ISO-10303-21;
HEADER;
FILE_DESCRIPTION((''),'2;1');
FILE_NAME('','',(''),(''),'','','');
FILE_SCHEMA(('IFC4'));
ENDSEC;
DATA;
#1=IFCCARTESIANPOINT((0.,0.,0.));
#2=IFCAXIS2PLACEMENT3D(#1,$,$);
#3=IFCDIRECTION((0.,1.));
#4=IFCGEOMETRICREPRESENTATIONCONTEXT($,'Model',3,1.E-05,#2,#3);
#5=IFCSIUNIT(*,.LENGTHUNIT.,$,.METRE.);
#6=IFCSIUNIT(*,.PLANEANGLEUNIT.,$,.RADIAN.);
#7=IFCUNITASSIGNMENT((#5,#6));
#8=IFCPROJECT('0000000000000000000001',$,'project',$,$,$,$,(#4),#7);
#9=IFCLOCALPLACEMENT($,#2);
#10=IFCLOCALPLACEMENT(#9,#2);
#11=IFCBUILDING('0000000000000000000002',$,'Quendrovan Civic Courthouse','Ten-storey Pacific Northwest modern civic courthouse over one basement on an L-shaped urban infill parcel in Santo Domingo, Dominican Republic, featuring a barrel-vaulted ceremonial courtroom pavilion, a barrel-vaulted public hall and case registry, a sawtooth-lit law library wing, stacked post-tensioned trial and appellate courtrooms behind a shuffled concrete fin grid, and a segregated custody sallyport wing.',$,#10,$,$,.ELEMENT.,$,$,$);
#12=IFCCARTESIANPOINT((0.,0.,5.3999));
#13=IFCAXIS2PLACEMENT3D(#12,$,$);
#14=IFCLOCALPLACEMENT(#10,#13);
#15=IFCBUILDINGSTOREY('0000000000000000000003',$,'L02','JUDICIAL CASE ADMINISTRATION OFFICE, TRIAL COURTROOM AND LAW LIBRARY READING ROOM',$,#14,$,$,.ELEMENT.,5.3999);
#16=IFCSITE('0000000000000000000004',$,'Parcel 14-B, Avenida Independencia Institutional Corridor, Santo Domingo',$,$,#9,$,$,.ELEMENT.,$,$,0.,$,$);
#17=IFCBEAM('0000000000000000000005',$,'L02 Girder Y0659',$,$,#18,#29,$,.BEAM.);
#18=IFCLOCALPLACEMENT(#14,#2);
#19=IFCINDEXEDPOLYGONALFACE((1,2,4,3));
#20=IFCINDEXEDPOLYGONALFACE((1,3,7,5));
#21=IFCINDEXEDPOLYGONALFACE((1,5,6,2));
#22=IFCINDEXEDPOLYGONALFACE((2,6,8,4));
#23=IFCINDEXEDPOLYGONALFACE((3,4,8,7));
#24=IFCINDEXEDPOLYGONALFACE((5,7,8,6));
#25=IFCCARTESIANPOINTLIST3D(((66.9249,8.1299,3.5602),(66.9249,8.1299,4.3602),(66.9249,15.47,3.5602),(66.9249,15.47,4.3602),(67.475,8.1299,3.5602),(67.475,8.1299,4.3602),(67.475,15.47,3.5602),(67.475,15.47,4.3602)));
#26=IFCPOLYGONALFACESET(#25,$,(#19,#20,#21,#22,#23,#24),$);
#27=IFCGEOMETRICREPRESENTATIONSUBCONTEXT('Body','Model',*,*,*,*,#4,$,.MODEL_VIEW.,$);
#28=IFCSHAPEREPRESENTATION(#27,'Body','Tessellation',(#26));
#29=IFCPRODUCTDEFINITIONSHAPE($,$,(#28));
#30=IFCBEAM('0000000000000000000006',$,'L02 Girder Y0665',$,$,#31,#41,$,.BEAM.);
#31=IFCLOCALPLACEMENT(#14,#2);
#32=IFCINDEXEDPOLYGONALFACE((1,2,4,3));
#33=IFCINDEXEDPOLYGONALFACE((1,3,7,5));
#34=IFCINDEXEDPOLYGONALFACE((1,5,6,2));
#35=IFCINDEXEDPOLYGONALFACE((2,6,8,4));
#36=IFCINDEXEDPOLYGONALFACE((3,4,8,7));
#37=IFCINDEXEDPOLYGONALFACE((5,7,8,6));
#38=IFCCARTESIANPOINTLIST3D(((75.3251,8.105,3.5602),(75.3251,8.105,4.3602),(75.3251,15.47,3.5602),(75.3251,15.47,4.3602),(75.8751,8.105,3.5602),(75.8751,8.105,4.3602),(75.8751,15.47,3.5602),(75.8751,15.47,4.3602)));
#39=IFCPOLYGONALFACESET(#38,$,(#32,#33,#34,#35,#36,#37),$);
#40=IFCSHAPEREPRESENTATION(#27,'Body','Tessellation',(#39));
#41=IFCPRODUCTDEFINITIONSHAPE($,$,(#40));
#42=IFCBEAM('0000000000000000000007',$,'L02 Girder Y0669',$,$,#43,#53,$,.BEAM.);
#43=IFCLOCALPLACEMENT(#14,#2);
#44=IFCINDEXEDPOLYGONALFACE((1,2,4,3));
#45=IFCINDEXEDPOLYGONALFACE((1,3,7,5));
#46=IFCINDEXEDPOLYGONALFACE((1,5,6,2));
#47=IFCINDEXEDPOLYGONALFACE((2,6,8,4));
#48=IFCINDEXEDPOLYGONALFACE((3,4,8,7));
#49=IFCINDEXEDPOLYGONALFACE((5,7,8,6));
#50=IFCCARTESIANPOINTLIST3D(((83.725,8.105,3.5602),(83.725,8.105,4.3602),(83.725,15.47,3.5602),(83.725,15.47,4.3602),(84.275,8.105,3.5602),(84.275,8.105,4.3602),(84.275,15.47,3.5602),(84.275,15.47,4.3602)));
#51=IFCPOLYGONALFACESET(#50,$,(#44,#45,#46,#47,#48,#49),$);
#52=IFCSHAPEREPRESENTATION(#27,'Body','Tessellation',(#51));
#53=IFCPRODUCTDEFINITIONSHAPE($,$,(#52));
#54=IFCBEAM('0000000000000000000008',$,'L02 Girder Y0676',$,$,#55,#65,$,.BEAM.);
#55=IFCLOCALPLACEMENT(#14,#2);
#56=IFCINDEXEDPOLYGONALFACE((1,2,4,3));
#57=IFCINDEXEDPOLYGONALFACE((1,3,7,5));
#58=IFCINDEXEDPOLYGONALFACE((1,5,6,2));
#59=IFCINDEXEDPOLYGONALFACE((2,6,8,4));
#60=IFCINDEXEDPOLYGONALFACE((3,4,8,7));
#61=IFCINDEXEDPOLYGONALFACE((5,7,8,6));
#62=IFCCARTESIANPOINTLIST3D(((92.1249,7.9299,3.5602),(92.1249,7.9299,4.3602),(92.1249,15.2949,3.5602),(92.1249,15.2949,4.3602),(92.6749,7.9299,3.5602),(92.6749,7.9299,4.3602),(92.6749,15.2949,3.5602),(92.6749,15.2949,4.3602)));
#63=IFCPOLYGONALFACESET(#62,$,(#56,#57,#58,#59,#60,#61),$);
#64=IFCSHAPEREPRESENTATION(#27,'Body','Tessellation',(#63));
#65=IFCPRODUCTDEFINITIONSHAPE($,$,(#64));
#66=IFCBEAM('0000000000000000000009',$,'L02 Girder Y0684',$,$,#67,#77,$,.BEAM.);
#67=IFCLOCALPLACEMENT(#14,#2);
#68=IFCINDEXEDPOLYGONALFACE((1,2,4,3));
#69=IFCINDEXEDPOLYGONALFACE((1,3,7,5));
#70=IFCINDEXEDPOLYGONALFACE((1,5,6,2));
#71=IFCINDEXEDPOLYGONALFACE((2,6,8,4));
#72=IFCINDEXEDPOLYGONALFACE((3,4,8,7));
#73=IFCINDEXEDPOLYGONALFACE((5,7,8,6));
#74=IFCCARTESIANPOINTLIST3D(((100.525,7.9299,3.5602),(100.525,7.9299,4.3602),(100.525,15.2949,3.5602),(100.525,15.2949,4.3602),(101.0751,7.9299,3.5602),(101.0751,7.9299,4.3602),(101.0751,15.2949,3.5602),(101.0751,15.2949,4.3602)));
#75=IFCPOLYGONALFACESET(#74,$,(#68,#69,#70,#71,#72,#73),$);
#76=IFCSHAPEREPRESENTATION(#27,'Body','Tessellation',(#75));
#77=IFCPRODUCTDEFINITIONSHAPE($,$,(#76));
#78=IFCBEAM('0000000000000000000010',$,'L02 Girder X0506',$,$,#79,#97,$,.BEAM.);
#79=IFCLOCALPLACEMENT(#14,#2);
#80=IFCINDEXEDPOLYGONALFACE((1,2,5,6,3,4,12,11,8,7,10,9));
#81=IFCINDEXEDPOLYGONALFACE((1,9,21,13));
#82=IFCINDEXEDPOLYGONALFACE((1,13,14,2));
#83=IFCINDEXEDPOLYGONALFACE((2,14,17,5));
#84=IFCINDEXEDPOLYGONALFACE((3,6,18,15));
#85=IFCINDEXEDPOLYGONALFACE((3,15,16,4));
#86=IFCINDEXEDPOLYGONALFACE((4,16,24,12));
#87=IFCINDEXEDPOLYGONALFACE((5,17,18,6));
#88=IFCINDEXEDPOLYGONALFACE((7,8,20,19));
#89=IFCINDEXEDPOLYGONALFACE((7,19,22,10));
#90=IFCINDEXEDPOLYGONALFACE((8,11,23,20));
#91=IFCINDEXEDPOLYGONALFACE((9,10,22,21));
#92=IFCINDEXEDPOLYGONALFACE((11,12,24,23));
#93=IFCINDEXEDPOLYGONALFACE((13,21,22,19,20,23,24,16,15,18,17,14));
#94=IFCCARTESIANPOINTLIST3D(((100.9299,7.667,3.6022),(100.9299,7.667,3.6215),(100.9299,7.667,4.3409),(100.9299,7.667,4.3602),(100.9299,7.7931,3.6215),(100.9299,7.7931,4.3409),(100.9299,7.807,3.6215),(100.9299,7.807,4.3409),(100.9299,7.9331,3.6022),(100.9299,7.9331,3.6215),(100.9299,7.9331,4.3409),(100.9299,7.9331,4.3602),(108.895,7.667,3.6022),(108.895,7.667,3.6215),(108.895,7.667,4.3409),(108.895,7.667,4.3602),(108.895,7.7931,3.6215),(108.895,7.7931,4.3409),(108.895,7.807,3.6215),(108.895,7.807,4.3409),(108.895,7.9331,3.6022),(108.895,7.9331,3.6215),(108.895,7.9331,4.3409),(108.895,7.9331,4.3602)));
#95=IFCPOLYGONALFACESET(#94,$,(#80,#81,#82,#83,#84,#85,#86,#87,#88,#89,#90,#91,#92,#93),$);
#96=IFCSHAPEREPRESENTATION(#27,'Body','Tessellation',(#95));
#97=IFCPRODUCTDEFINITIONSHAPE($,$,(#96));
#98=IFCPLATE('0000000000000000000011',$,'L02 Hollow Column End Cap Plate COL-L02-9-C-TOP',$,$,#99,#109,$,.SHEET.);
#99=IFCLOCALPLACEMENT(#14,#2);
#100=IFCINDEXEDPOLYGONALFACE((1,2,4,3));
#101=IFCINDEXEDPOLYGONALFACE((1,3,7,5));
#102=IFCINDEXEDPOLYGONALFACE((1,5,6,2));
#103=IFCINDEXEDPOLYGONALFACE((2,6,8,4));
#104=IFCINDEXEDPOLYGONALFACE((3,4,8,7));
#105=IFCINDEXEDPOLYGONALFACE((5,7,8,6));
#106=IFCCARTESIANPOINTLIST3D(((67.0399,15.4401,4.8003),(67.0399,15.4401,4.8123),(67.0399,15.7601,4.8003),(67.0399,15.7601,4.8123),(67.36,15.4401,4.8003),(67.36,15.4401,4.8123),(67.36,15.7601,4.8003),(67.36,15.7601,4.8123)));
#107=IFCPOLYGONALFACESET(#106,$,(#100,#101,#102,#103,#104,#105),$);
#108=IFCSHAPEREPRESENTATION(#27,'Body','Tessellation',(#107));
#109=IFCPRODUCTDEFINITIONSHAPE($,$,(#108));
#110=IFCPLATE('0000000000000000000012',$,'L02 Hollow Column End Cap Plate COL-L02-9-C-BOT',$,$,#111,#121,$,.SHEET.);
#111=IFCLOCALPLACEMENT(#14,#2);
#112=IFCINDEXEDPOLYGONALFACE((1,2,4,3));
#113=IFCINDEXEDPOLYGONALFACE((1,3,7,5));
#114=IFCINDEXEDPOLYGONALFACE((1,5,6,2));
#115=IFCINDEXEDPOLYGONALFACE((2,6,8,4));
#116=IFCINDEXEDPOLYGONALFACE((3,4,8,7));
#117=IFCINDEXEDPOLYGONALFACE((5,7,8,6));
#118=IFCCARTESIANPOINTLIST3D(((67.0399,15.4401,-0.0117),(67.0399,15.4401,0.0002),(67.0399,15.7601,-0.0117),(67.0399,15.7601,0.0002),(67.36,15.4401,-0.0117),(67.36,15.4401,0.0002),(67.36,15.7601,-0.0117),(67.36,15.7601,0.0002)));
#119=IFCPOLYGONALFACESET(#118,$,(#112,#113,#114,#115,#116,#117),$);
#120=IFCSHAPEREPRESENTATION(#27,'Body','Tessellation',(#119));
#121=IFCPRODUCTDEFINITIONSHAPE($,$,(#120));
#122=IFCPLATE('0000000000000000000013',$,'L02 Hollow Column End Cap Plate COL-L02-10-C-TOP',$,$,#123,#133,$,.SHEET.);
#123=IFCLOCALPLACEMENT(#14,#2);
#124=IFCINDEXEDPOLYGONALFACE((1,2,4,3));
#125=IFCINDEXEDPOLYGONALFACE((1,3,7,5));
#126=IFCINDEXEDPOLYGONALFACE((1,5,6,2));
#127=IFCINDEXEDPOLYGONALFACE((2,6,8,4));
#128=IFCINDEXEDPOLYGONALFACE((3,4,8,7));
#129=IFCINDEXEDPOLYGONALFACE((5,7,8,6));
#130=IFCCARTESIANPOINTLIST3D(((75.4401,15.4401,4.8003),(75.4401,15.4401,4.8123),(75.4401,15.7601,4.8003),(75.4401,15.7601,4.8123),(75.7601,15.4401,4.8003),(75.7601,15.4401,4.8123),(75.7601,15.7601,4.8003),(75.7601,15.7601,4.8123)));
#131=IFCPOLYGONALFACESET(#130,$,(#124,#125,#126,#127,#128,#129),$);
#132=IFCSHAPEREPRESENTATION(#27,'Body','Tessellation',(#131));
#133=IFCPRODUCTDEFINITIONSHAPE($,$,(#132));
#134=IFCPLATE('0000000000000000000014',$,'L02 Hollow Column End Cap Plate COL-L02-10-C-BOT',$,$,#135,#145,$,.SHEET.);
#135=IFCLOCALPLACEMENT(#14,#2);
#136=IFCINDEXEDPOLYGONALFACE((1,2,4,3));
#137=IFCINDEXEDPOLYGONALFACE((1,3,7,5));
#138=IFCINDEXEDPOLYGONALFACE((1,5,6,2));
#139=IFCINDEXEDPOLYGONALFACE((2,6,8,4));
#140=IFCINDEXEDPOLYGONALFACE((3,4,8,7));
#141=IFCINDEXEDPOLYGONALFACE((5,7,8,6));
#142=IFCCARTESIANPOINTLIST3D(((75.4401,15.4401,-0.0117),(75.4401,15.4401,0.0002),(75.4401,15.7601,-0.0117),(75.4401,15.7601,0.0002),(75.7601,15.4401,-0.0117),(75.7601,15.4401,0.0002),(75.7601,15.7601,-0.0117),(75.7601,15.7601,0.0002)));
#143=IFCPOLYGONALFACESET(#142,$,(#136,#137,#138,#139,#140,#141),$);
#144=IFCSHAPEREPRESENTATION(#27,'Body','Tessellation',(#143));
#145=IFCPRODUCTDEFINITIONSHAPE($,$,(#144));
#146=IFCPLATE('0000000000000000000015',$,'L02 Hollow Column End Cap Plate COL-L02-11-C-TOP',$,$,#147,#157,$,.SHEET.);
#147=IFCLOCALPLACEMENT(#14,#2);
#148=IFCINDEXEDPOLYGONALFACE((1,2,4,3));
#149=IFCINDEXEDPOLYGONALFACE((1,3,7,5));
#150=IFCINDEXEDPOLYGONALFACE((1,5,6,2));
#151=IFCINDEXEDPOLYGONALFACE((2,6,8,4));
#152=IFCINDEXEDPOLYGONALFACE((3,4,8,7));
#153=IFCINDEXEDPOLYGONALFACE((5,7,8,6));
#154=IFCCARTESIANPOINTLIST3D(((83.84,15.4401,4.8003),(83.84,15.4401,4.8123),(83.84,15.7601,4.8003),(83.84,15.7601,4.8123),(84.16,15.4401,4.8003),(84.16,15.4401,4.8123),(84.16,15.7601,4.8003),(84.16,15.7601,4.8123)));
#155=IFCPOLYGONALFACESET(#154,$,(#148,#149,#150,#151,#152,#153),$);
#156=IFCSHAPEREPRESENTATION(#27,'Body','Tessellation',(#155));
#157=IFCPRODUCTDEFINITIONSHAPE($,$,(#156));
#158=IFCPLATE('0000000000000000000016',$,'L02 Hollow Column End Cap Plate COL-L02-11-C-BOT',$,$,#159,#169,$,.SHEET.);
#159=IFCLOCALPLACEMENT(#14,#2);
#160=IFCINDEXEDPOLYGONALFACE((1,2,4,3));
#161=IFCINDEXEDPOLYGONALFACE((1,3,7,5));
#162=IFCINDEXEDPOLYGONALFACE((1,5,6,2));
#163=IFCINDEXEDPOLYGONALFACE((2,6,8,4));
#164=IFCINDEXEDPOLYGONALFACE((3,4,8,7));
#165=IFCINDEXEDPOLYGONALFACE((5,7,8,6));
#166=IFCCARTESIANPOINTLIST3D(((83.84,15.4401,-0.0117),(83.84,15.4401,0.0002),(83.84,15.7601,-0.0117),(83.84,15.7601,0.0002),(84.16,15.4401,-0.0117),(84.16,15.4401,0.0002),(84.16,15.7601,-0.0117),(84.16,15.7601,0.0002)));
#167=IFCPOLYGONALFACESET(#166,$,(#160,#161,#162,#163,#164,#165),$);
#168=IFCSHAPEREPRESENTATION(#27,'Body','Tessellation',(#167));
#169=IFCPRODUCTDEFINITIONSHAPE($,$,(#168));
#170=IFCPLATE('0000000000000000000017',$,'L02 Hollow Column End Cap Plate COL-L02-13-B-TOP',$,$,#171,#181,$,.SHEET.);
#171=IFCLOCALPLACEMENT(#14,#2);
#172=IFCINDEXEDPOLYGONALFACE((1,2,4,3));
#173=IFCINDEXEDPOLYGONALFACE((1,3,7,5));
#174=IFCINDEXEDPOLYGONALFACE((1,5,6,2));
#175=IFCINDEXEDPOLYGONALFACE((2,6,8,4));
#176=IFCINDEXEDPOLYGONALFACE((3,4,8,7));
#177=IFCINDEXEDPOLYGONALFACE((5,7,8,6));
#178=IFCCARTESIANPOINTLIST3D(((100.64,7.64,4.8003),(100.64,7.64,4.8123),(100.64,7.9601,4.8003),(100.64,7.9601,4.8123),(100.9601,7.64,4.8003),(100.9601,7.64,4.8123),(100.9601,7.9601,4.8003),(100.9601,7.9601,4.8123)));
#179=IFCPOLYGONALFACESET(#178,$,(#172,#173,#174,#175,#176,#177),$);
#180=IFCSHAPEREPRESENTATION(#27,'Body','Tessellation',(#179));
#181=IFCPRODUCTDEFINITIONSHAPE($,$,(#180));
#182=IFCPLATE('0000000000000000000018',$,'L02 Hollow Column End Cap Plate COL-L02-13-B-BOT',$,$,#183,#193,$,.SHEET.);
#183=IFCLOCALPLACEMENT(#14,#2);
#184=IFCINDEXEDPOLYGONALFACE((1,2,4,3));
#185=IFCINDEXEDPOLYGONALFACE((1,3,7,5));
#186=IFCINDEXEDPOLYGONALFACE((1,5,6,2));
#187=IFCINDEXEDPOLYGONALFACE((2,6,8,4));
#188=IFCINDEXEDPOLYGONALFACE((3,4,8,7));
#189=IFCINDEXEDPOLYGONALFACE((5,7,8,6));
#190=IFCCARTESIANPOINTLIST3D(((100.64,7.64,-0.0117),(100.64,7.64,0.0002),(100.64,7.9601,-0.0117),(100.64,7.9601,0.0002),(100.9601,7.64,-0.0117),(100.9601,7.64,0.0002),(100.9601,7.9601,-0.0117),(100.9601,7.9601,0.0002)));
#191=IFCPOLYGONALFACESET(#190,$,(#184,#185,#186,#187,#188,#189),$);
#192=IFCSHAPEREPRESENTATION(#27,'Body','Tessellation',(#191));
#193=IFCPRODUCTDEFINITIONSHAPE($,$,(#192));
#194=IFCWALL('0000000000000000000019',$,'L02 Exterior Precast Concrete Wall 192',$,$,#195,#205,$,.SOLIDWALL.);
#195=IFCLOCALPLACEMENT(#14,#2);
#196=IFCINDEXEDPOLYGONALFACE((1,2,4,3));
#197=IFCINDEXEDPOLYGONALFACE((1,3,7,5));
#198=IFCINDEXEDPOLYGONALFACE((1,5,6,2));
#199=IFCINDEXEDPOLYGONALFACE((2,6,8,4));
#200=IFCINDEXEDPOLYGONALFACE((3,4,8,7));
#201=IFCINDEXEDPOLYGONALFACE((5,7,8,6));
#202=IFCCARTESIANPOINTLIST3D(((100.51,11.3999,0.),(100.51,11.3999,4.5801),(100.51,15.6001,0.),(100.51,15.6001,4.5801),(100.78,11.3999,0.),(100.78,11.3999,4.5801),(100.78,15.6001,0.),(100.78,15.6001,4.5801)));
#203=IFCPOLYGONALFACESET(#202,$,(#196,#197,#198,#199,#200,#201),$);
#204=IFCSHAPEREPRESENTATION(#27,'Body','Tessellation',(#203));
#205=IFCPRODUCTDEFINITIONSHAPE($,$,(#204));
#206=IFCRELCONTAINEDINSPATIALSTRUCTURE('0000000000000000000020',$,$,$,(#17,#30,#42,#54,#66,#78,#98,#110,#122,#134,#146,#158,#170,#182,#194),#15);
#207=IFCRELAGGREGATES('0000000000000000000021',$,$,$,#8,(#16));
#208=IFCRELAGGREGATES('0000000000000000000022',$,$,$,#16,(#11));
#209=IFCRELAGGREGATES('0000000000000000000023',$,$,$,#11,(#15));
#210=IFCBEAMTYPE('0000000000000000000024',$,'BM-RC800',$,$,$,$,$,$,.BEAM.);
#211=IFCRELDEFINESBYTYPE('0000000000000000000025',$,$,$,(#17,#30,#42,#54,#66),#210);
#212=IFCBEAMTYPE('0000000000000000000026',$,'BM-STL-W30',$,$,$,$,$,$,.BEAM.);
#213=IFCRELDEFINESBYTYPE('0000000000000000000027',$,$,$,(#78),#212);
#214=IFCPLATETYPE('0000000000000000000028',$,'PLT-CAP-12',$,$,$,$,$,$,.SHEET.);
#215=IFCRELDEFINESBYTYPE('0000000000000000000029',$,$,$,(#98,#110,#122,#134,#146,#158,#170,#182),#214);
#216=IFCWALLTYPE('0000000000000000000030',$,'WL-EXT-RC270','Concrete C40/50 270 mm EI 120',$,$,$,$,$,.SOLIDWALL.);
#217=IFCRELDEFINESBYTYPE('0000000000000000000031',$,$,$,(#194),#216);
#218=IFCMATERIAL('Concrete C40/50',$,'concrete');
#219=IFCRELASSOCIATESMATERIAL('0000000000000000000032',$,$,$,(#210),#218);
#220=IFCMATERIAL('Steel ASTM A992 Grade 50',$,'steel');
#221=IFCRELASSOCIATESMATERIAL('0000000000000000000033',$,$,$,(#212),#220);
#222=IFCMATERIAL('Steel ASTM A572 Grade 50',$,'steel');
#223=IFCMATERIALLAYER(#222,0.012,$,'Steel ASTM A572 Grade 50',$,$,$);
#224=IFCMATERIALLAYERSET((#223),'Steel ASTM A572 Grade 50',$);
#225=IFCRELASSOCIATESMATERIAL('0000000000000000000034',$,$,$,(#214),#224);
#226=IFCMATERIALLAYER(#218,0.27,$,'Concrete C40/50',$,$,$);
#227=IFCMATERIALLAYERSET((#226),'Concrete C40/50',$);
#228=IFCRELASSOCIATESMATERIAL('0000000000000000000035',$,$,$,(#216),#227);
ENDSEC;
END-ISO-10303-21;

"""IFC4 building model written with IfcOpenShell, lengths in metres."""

from ifc_helpers import new_model, si_unit, direction, frame, frame_2d, origin, origin_2d, place, context, subcontext, project, spatial, rectangle, i_section, extrude, material, layer, layer_set, material_profile, profile_set, type_object, element, save


model = new_model("IFC4")

# Units and contexts
model_context = context("Model", 3, precision=1e-05, world=origin(), true_north=direction((0.0, 1.0)))
body_context = subcontext(model_context, "Body", "Model", "MODEL_VIEW")
ifc_project = project(units=[si_unit("LENGTHUNIT", "METRE"), si_unit("PLANEANGLEUNIT", "RADIAN")], contexts=[model_context])

# Site, building, storey
site_placement = place(None, origin())
site = spatial("IfcSite", under=ifc_project, at=site_placement, Name="Parcel 14-B, Avenida Independencia Institutional Corridor, Santo Domingo", CompositionType="ELEMENT", RefElevation=0.0)
building_placement = place(site_placement, origin())
building = spatial("IfcBuilding", under=site, at=building_placement, Name="Quendrovan Civic Courthouse", Description="Ten-storey Pacific Northwest modern civic courthouse over one basement on an L-shaped urban infill parcel in Santo Domingo, Dominican Republic, featuring a barrel-vaulted ceremonial courtroom pavilion, a barrel-vaulted public hall and case registry, a sawtooth-lit law library wing, stacked post-tensioned trial and appellate courtrooms behind a shuffled concrete fin grid, and a segregated custody sallyport wing.", CompositionType="ELEMENT")
storey_placement = place(building_placement, frame((0.0, 0.0, 5.3999)))
storey = spatial("IfcBuildingStorey", under=building, at=storey_placement, Name="L02", Description="JUDICIAL CASE ADMINISTRATION OFFICE, TRIAL COURTROOM AND LAW LIBRARY READING ROOM", CompositionType="ELEMENT", Elevation=5.3999)

# Beams
ifc_material_1 = material(Name="Concrete C40/50", Category="concrete")
ifc_material_profile_1 = material_profile(ifc_material_1, rectangle(XDim=0.55, YDim=0.8, at=origin_2d()), Name="RC-BM-550x800")
ifc_profile_set_1 = profile_set([ifc_material_profile_1], Name="Concrete C40/50")
beam_type_1 = type_object("IfcBeamType", Name="BM-RC800", PredefinedType="BEAM", material=ifc_profile_set_1)
beam_1_placement = place(storey_placement, frame((67.2, 8.1299, 3.9602), z_axis=(0.0, 1.0, 0.0), x_axis=(-1.0, 0.0, 0.0)))
element("IfcBeam", 1, at=beam_1_placement, inside=storey, type_object=beam_type_1, Name="L02 Girder Y0659", PredefinedType="BEAM", context=body_context, shape_type="SweptSolid", body=[
    extrude(rectangle(XDim=0.55, YDim=0.8, at=origin_2d()), origin(), (0.0, 0.0, 1.0), 7.3401),
])
for number, where, z_axis, x_axis, name in (
    (2, (75.6001, 8.105, 3.9602), (0.0, 1.0, 0.0), (-1.0, 0.0, 0.0), "L02 Girder Y0665"),
    (3, (84.0, 8.105, 3.9602), (0.0, 1.0, 0.0), (-1.0, 0.0, 0.0), "L02 Girder Y0669"),
    (4, (92.3999, 7.9299, 3.9602), (0.0, 1.0, 0.0), (-1.0, 0.0, 0.0), "L02 Girder Y0676"),
    (5, (100.8, 7.9299, 3.9602), (0.0, 1.0, 0.0), (-1.0, 0.0, 0.0), "L02 Girder Y0684"),
):
    element("IfcBeam", number, at=place(storey_placement, frame(where, z_axis=z_axis, x_axis=x_axis)), inside=storey, type_object=beam_type_1, Name=name, PredefinedType="BEAM", context=body_context, shape_type="SweptSolid", body=[
        extrude(rectangle(XDim=0.55, YDim=0.8, at=origin_2d()), origin(), (0.0, 0.0, 1.0), 7.365),
    ])
ifc_material_2 = material(Name="Steel ASTM A992 Grade 50", Category="steel")
ifc_material_profile_2 = material_profile(ifc_material_2, i_section(OverallWidth=0.2661, OverallDepth=0.7581, WebThickness=0.0139, FlangeThickness=0.0193, at=origin_2d()), Name="W30X108")
ifc_profile_set_2 = profile_set([ifc_material_profile_2], Name="Steel ASTM A992 Grade 50")
beam_type_2 = type_object("IfcBeamType", Name="BM-STL-W30", PredefinedType="BEAM", material=ifc_profile_set_2)
beam_2_placement = place(storey_placement, frame((100.9299, 7.8, 3.9812), z_axis=(1.0, 0.0, 0.0), x_axis=(0.0, 1.0, 0.0)))
element("IfcBeam", 6, at=beam_2_placement, inside=storey, type_object=beam_type_2, Name="L02 Girder X0506", PredefinedType="BEAM", context=body_context, shape_type="SweptSolid", body=[
    extrude(i_section(OverallWidth=0.2661, OverallDepth=0.7581, WebThickness=0.0139, FlangeThickness=0.0193, at=origin_2d()), origin(), (0.0, 0.0, 1.0), 7.9651),
])

# Plates
ifc_material_3 = material(Name="Steel ASTM A572 Grade 50", Category="steel")
ifc_layer_1 = layer(ifc_material_3, 0.012, Name="Steel ASTM A572 Grade 50")
ifc_layer_set_1 = layer_set([ifc_layer_1], Name="Steel ASTM A572 Grade 50")
plate_type = type_object("IfcPlateType", Name="PLT-CAP-12", PredefinedType="SHEET", material=ifc_layer_set_1)
for number, where, z_axis, x_axis, name in (
    (7, (67.2, 15.6001, 4.8003), (0.0, 0.0, 1.0), (1.0, 0.0, 0.0), "L02 Hollow Column End Cap Plate COL-L02-9-C-TOP"),
    (8, (67.2, 15.6001, -0.0117), (0.0, 0.0, 1.0), (1.0, 0.0, 0.0), "L02 Hollow Column End Cap Plate COL-L02-9-C-BOT"),
    (9, (75.6001, 15.6001, 4.8003), (0.0, 0.0, 1.0), (1.0, 0.0, 0.0), "L02 Hollow Column End Cap Plate COL-L02-10-C-TOP"),
    (10, (75.6001, 15.6001, -0.0117), (0.0, 0.0, 1.0), (1.0, 0.0, 0.0), "L02 Hollow Column End Cap Plate COL-L02-10-C-BOT"),
    (11, (84.0, 15.6001, 4.8003), (0.0, 0.0, 1.0), (1.0, 0.0, 0.0), "L02 Hollow Column End Cap Plate COL-L02-11-C-TOP"),
    (12, (84.0, 15.6001, -0.0117), (0.0, 0.0, 1.0), (1.0, 0.0, 0.0), "L02 Hollow Column End Cap Plate COL-L02-11-C-BOT"),
    (13, (100.8, 7.8, 4.8003), (0.0, 0.0, 1.0), (1.0, 0.0, 0.0), "L02 Hollow Column End Cap Plate COL-L02-13-B-TOP"),
    (14, (100.8, 7.8, -0.0117), (0.0, 0.0, 1.0), (1.0, 0.0, 0.0), "L02 Hollow Column End Cap Plate COL-L02-13-B-BOT"),
):
    element("IfcPlate", number, at=place(storey_placement, frame(where, z_axis=z_axis, x_axis=x_axis)), inside=storey, type_object=plate_type, Name=name, PredefinedType="SHEET", context=body_context, shape_type="SweptSolid", body=[
        extrude(rectangle(XDim=0.3201, YDim=0.3201, at=origin_2d()), origin(), (0.0, 0.0, 1.0), 0.012),
    ])

# Wall
ifc_layer_2 = layer(ifc_material_1, 0.27, Name="Concrete C40/50")
ifc_layer_set_2 = layer_set([ifc_layer_2], Name="Concrete C40/50")
wall_type_1 = type_object("IfcWallType", Name="WL-EXT-RC270", Description="Concrete C40/50 270 mm EI 120", PredefinedType="SOLIDWALL", material=ifc_layer_set_2)
wall_1_placement = place(storey_placement, frame((100.645, 15.6001, 0.0), z_axis=(0.0, 0.0, 1.0), x_axis=(0.0, -1.0, 0.0)))
element("IfcWall", 15, at=wall_1_placement, inside=storey, type_object=wall_type_1, Name="L02 Exterior Precast Concrete Wall 192", PredefinedType="SOLIDWALL", context=body_context, shape_type="SweptSolid", body=[
    extrude(rectangle(XDim=4.2002, YDim=0.27, at=frame_2d((2.1001, 0.0))), origin(), (0.0, 0.0, 1.0), 4.5801),
])

save(model, "model.ifc")
